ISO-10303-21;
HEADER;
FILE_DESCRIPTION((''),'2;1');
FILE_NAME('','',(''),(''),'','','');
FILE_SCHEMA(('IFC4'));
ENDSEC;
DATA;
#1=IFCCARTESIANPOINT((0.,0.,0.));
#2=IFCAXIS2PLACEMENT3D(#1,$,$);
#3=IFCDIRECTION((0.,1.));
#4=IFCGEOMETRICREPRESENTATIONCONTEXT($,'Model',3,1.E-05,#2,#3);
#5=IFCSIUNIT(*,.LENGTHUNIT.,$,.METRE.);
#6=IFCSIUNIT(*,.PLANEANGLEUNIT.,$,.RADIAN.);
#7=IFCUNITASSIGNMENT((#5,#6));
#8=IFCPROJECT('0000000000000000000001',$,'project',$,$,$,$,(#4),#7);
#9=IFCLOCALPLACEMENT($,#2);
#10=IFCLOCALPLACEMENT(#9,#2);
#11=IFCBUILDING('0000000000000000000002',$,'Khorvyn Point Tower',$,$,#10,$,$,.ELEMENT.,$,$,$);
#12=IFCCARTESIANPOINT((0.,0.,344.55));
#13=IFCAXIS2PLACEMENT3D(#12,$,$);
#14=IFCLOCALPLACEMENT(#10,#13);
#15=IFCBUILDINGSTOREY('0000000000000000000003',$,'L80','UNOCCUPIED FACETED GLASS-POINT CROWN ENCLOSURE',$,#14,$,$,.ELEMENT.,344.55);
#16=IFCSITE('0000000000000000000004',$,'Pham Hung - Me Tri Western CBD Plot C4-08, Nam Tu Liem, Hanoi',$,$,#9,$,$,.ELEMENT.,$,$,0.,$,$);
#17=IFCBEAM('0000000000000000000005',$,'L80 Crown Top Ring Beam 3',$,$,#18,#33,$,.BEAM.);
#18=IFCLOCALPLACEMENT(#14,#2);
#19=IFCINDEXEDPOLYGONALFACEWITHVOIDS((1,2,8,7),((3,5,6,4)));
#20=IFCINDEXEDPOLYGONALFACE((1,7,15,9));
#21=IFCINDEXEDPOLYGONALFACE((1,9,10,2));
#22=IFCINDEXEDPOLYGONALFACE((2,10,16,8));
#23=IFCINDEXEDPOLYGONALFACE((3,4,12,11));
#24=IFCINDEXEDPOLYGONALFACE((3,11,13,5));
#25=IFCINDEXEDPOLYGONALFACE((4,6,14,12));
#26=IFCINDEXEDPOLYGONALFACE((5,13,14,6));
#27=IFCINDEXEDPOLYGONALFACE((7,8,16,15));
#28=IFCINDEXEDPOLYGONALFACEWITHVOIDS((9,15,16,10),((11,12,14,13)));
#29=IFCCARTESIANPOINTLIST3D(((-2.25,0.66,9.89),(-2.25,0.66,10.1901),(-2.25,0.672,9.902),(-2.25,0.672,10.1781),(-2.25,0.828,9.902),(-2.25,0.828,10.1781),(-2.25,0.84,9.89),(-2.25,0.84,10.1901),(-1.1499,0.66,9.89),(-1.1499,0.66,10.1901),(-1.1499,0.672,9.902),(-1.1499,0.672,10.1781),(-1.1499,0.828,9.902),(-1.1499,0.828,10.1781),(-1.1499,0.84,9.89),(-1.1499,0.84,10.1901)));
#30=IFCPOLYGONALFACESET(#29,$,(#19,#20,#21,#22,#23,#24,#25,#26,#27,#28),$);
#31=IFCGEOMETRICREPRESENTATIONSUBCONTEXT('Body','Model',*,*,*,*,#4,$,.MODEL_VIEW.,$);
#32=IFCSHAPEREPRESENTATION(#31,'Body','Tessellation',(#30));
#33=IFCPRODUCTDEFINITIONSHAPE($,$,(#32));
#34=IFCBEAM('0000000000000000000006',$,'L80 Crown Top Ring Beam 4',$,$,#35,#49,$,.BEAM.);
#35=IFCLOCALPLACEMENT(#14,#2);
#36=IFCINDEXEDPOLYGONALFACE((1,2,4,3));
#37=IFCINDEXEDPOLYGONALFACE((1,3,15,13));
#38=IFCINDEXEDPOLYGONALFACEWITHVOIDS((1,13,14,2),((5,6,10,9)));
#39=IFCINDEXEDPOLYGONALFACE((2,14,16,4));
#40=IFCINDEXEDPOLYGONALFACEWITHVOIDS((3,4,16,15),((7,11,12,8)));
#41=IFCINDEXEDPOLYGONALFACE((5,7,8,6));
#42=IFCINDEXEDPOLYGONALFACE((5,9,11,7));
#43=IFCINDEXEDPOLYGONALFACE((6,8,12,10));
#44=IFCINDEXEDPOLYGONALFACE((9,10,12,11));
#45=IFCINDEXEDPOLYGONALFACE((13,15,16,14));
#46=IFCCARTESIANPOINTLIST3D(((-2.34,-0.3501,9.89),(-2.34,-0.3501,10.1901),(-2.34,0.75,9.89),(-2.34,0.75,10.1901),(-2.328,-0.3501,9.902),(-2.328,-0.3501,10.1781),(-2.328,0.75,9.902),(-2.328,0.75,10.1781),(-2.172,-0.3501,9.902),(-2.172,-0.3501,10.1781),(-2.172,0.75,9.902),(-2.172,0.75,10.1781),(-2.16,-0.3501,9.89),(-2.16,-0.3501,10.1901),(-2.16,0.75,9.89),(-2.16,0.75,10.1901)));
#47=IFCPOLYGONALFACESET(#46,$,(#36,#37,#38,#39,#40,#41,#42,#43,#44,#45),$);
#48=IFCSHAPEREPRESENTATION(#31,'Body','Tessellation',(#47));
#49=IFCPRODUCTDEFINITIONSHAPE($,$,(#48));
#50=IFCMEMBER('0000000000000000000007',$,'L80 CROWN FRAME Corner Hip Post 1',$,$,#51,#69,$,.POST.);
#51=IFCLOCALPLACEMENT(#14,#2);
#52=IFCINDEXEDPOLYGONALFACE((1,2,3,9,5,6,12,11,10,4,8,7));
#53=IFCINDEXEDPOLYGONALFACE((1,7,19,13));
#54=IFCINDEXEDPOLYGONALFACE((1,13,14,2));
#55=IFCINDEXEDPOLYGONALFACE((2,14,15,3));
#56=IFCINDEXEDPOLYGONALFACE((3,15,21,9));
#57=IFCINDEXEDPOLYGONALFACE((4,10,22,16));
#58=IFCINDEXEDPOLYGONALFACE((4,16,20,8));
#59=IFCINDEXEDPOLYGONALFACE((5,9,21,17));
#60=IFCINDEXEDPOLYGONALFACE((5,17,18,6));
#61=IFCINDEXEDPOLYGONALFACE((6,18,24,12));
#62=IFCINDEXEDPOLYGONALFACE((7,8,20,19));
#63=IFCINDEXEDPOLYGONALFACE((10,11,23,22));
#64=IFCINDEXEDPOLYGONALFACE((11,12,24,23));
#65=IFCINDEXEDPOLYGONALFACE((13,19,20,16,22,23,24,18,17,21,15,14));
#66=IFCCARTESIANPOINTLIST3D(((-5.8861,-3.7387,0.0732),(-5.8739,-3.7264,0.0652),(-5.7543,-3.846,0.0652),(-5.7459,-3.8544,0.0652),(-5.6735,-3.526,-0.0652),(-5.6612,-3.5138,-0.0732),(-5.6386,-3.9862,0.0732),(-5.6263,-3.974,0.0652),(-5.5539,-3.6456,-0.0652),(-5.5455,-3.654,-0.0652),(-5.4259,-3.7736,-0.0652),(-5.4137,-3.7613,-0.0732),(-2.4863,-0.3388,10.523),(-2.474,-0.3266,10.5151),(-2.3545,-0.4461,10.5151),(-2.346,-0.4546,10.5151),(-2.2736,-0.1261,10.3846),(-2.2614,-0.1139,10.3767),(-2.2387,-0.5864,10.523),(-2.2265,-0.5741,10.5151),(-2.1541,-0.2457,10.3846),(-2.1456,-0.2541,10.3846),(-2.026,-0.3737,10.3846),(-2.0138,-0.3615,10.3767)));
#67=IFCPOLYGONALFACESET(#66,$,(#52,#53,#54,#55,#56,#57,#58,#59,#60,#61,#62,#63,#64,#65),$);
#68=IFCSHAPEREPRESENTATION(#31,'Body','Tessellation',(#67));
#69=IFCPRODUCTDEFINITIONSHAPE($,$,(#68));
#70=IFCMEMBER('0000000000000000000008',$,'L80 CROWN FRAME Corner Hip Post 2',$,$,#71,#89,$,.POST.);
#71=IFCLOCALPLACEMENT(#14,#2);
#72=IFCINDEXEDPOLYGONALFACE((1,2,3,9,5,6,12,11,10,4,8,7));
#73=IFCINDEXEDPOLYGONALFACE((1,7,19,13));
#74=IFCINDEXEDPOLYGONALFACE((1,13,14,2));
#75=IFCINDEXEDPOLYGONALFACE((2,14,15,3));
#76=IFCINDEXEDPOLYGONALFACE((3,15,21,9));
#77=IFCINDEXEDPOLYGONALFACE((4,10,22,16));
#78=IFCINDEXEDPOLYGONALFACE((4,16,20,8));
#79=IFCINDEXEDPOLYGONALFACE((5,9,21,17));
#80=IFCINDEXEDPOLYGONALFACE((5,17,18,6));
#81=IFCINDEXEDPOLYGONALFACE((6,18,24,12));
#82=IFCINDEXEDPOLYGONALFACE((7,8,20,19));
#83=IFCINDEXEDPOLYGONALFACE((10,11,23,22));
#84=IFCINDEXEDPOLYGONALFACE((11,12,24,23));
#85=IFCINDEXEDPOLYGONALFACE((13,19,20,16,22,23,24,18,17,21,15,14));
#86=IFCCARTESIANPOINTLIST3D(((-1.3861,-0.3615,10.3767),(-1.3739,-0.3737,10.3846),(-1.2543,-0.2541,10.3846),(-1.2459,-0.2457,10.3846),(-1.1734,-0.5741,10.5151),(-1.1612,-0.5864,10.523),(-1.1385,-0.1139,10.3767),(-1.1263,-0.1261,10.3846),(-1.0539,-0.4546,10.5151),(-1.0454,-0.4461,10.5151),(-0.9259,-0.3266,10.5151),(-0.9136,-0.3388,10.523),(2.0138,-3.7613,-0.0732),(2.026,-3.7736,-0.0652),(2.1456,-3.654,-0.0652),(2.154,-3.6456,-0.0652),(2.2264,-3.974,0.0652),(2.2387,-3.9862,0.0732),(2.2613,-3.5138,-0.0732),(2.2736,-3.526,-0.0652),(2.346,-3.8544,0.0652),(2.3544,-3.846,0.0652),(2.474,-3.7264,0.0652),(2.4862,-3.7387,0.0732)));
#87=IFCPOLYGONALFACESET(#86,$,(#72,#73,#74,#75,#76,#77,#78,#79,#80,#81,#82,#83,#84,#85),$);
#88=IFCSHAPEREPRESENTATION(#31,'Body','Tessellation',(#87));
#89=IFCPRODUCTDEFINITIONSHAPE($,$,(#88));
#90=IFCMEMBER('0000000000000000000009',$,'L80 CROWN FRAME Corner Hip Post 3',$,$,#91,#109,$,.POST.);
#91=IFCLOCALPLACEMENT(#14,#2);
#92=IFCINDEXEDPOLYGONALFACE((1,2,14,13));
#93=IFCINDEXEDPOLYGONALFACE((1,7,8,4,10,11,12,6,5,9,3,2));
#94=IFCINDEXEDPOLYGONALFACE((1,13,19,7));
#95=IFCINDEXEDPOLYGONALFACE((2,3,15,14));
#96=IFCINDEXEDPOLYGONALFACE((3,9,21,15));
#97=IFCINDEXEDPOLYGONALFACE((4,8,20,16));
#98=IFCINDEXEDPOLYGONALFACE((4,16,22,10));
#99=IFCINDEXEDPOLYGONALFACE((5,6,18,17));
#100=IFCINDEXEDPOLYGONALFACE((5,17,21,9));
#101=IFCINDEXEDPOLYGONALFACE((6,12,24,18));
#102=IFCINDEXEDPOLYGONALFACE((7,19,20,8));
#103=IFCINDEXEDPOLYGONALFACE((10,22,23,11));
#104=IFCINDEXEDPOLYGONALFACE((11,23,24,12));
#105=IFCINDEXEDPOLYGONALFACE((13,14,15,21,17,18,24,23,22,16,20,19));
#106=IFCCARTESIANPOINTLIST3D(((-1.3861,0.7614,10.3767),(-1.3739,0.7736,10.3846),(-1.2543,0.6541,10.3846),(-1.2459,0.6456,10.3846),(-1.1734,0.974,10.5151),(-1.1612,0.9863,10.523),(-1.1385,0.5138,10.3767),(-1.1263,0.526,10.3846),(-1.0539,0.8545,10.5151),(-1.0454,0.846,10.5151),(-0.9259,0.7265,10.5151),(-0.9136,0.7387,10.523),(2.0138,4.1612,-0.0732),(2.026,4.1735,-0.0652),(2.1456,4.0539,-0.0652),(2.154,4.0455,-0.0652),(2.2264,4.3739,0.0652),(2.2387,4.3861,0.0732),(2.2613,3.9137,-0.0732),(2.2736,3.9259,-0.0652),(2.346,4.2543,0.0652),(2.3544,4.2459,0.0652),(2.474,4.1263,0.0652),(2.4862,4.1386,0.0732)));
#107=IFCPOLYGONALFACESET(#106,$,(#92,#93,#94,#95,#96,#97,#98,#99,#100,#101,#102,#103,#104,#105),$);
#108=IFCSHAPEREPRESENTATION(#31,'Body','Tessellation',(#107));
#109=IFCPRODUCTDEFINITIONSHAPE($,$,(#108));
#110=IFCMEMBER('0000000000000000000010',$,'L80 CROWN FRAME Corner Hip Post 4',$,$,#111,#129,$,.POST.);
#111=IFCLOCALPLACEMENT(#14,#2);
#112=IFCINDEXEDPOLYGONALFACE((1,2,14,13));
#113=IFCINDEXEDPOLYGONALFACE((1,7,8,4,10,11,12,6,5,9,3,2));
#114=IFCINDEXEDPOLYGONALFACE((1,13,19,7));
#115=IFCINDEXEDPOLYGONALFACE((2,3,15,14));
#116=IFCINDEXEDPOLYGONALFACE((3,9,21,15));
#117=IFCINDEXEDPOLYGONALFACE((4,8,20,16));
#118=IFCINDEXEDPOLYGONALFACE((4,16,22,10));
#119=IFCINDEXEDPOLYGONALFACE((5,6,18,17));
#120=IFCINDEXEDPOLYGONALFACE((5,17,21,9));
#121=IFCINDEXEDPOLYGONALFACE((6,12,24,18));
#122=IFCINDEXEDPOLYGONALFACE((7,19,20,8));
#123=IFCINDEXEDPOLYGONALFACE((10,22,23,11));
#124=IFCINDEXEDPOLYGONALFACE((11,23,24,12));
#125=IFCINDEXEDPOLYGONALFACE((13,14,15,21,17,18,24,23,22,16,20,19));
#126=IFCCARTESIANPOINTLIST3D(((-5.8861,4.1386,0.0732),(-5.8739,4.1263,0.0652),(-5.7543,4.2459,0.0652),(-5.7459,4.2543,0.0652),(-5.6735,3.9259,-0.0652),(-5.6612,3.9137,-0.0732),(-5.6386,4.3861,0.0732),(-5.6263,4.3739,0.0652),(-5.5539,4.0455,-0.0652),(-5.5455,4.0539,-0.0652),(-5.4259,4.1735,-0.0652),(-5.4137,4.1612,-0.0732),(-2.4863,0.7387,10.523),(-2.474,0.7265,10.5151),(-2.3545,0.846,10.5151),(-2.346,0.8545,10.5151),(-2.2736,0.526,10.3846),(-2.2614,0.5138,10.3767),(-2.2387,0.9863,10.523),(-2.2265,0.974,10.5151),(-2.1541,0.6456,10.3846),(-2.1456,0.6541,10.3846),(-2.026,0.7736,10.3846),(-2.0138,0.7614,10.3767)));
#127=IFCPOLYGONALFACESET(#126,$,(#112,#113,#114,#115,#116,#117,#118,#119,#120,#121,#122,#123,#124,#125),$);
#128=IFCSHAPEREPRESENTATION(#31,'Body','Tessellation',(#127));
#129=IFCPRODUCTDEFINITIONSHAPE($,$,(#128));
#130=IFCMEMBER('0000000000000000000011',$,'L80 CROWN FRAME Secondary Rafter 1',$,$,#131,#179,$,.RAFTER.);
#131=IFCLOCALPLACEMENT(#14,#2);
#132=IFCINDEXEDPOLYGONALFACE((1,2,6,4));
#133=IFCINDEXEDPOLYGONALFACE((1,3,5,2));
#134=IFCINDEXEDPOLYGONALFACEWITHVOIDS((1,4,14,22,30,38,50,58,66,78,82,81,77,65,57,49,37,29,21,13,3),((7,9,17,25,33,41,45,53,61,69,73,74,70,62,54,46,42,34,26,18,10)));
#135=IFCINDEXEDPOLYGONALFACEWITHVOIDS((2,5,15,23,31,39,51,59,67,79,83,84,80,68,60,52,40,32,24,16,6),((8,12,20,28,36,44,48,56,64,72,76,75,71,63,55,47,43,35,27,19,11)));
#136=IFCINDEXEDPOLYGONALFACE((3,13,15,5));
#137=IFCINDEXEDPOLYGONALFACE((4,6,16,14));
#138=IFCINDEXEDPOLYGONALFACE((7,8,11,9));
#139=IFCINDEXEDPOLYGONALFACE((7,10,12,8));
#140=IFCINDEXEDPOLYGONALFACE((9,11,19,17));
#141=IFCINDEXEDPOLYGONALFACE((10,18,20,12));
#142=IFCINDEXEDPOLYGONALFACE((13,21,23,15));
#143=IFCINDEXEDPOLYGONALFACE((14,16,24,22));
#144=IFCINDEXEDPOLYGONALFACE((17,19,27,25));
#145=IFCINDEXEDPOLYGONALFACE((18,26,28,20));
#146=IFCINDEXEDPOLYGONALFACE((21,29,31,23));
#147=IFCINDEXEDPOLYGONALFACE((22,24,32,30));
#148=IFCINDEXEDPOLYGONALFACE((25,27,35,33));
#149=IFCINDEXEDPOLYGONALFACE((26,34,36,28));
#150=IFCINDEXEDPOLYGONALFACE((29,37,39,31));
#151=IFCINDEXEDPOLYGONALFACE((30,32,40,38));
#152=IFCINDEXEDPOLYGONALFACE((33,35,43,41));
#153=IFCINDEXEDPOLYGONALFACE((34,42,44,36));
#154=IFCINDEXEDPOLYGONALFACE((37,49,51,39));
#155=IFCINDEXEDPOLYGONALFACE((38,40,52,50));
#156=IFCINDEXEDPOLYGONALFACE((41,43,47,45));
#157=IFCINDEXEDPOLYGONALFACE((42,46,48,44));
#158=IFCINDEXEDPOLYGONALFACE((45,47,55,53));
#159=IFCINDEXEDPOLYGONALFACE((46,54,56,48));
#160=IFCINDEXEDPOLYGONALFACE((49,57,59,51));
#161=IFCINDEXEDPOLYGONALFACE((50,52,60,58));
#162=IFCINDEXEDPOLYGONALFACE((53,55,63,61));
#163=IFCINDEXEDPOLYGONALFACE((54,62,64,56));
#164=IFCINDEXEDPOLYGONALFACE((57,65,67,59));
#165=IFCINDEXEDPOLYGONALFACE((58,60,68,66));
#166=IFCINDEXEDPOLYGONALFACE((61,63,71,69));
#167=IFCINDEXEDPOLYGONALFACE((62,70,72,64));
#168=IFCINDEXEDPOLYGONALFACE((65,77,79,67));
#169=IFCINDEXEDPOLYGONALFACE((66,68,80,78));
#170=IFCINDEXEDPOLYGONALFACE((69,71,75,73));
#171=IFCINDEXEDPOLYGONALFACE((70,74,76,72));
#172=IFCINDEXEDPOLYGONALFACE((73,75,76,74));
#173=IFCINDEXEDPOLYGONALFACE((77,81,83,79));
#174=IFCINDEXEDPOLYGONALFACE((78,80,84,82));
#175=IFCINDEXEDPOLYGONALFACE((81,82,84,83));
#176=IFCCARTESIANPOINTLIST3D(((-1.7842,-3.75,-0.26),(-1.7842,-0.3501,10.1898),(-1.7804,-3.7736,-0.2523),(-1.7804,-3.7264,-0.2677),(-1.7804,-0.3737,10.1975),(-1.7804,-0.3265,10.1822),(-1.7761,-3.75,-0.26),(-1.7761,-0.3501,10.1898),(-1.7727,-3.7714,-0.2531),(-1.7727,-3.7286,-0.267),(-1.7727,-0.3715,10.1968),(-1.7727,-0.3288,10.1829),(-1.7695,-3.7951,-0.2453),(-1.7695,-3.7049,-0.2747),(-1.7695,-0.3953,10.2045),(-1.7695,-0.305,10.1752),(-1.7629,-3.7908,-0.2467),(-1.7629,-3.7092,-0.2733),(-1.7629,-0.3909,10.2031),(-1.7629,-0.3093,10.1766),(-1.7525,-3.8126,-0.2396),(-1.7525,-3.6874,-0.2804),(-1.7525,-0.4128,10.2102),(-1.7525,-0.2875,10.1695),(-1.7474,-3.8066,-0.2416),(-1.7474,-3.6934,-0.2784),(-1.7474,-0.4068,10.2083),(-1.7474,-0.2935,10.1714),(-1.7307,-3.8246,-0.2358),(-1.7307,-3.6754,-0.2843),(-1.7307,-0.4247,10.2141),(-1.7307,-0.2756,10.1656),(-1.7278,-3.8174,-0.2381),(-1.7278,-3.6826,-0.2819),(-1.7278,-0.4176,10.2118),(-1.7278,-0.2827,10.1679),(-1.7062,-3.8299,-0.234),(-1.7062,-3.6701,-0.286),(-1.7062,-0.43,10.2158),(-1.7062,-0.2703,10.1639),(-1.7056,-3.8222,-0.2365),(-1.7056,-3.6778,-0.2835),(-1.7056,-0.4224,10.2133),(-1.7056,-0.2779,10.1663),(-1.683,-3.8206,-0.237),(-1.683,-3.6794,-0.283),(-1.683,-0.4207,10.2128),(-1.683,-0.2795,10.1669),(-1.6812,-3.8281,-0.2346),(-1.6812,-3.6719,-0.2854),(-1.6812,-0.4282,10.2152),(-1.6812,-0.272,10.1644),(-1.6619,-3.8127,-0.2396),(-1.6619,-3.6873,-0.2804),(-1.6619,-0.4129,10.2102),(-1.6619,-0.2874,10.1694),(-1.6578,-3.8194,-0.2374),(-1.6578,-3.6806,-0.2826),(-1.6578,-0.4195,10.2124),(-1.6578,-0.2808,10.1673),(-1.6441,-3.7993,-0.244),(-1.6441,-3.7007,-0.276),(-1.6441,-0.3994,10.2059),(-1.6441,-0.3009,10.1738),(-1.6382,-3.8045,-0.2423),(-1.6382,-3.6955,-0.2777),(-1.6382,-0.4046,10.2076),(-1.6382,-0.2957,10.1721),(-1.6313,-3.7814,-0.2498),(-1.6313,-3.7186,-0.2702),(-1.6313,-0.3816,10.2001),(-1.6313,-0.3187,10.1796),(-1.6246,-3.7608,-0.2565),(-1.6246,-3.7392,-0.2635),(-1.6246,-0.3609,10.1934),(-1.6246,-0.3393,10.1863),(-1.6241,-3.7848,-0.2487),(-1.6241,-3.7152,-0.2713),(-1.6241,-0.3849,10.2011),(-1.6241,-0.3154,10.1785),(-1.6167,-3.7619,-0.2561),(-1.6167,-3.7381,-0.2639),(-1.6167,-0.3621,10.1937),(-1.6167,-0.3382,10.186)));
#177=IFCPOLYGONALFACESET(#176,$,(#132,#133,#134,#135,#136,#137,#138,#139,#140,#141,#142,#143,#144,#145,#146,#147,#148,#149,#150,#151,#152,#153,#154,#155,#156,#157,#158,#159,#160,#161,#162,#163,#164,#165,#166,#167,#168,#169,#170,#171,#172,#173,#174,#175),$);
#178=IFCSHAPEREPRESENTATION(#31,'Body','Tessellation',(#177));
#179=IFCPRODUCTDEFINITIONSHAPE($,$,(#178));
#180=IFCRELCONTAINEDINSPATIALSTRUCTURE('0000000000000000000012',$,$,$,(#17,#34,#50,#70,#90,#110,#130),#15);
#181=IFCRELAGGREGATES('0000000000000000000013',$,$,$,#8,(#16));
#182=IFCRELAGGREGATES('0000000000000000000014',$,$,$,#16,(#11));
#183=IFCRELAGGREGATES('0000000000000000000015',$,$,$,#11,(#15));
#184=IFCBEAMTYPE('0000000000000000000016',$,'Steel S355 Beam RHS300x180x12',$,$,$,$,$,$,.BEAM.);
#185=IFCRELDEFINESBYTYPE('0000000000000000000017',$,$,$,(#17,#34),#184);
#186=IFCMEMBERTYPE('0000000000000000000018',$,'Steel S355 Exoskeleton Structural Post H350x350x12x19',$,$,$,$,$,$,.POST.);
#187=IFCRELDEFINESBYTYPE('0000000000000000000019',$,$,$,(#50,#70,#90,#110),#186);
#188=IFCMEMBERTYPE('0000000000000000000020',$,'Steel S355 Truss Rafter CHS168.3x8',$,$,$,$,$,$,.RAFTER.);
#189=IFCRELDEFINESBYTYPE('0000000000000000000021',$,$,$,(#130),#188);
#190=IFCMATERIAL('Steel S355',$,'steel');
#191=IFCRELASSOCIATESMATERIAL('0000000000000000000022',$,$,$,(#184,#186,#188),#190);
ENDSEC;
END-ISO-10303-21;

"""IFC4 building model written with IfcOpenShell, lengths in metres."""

from ifc_helpers import new_model, si_unit, direction, frame, origin, origin_2d, place, context, subcontext, project, spatial, hollow_rectangle, hollow_circle, i_section, extrude, material, material_profile, profile_set, type_object, element, save


model = new_model("IFC4")

# Units and contexts
model_context = context("Model", 3, precision=1e-05, world=origin(), true_north=direction((0.0, 1.0)))
body_context = subcontext(model_context, "Body", "Model", "MODEL_VIEW")
ifc_project = project(units=[si_unit("LENGTHUNIT", "METRE"), si_unit("PLANEANGLEUNIT", "RADIAN")], contexts=[model_context])

# Site, building, storey
site_placement = place(None, origin())
site = spatial("IfcSite", under=ifc_project, at=site_placement, Name="Pham Hung - Me Tri Western CBD Plot C4-08, Nam Tu Liem, Hanoi", CompositionType="ELEMENT", RefElevation=0.0)
building_placement = place(site_placement, origin())
building = spatial("IfcBuilding", under=site, at=building_placement, Name="Khorvyn Point Tower", CompositionType="ELEMENT")
storey_placement = place(building_placement, frame((0.0, 0.0, 344.55)))
storey = spatial("IfcBuildingStorey", under=building, at=storey_placement, Name="L80", Description="UNOCCUPIED FACETED GLASS-POINT CROWN ENCLOSURE", CompositionType="ELEMENT", Elevation=344.55)

# Beams
ifc_material_1 = material(Name="Steel S355", Category="steel")
ifc_material_profile_1 = material_profile(ifc_material_1, hollow_rectangle(XDim=0.1799, YDim=0.3, WallThickness=0.012, at=origin_2d()))
ifc_profile_set_1 = profile_set([ifc_material_profile_1], Name="Steel S355 RHS300x180x12")
beam_type_1 = type_object("IfcBeamType", Name="Steel S355 Beam RHS300x180x12", PredefinedType="BEAM", material=ifc_profile_set_1)
for number, where, z_axis, x_axis, name in (
    (1, (-1.1499, 0.75, 10.04), (-1.0, 0.0, 0.0), (0.0, -1.0, 0.0), "L80 Crown Top Ring Beam 3"),
    (2, (-2.25, 0.75, 10.04), (0.0, -1.0, 0.0), (1.0, 0.0, 0.0), "L80 Crown Top Ring Beam 4"),
):
    element("IfcBeam", number, at=place(storey_placement, frame(where, z_axis=z_axis, x_axis=x_axis)), inside=storey, type_object=beam_type_1, Name=name, PredefinedType="BEAM", context=body_context, shape_type="SweptSolid", body=[
        extrude(hollow_rectangle(XDim=0.1799, YDim=0.3, WallThickness=0.012, at=origin_2d()), origin(), (0.0, 0.0, 1.0), 1.1001),
    ])

# Members
ifc_material_profile_2 = material_profile(ifc_material_1, i_section(OverallWidth=0.3501, OverallDepth=0.3501, WebThickness=0.012, FlangeThickness=0.019, at=origin_2d()))
ifc_profile_set_2 = profile_set([ifc_material_profile_2], Name="Steel S355 H350x350x12x19")
member_type_1 = type_object("IfcMemberType", Name="Steel S355 Exoskeleton Structural Post H350x350x12x19", PredefinedType="POST", material=ifc_profile_set_2)
for number, where, z_axis, x_axis, name in (
    (3, (-5.6499, -3.75, 0.0), (0.295565, 0.295565, 0.90845), (-0.707107, 0.707107, 0.0), "L80 CROWN FRAME Corner Hip Post 1"),
    (4, (2.25, -3.75, 0.0), (-0.295565, 0.295565, 0.90845), (-0.707107, -0.707107, 0.0), "L80 CROWN FRAME Corner Hip Post 2"),
    (5, (2.25, 4.1499, 0.0), (-0.295565, -0.295565, 0.90845), (0.707107, -0.707107, 0.0), "L80 CROWN FRAME Corner Hip Post 3"),
    (6, (-5.6499, 4.1499, 0.0), (0.295565, -0.295565, 0.90845), (0.707107, 0.707107, 0.0), "L80 CROWN FRAME Corner Hip Post 4"),
):
    element("IfcMember", number, at=place(storey_placement, frame(where, z_axis=z_axis, x_axis=x_axis)), inside=storey, type_object=member_type_1, Name=name, PredefinedType="POST", context=body_context, shape_type="SweptSolid", body=[
        extrude(i_section(OverallWidth=0.3501, OverallDepth=0.3501, WebThickness=0.012, FlangeThickness=0.019, at=origin_2d()), origin(), (0.0, 0.0, 1.0), 11.5029),
    ])
ifc_material_profile_3 = material_profile(ifc_material_1, hollow_circle(Radius=0.0842, WallThickness=0.0081, at=origin_2d()))
ifc_profile_set_3 = profile_set([ifc_material_profile_3], Name="Steel S355 CHS168.3x8")
member_type_2 = type_object("IfcMemberType", Name="Steel S355 Truss Rafter CHS168.3x8", PredefinedType="RAFTER", material=ifc_profile_set_3)
for number, where, z_axis, x_axis, name in (
    (7, (-1.7, -3.75, -0.26), (0.0, 0.309388, 0.950936), (-1.0, 0.0, 0.0), "L80 CROWN FRAME Secondary Rafter 1"),
):
    element("IfcMember", number, at=place(storey_placement, frame(where, z_axis=z_axis, x_axis=x_axis)), inside=storey, type_object=member_type_2, Name=name, PredefinedType="RAFTER", context=body_context, shape_type="SweptSolid", body=[
        extrude(hollow_circle(Radius=0.0842, WallThickness=0.0081, at=origin_2d()), origin(), (0.0, 0.0, 1.0), 10.989),
    ])

save(model, "model.ifc")
